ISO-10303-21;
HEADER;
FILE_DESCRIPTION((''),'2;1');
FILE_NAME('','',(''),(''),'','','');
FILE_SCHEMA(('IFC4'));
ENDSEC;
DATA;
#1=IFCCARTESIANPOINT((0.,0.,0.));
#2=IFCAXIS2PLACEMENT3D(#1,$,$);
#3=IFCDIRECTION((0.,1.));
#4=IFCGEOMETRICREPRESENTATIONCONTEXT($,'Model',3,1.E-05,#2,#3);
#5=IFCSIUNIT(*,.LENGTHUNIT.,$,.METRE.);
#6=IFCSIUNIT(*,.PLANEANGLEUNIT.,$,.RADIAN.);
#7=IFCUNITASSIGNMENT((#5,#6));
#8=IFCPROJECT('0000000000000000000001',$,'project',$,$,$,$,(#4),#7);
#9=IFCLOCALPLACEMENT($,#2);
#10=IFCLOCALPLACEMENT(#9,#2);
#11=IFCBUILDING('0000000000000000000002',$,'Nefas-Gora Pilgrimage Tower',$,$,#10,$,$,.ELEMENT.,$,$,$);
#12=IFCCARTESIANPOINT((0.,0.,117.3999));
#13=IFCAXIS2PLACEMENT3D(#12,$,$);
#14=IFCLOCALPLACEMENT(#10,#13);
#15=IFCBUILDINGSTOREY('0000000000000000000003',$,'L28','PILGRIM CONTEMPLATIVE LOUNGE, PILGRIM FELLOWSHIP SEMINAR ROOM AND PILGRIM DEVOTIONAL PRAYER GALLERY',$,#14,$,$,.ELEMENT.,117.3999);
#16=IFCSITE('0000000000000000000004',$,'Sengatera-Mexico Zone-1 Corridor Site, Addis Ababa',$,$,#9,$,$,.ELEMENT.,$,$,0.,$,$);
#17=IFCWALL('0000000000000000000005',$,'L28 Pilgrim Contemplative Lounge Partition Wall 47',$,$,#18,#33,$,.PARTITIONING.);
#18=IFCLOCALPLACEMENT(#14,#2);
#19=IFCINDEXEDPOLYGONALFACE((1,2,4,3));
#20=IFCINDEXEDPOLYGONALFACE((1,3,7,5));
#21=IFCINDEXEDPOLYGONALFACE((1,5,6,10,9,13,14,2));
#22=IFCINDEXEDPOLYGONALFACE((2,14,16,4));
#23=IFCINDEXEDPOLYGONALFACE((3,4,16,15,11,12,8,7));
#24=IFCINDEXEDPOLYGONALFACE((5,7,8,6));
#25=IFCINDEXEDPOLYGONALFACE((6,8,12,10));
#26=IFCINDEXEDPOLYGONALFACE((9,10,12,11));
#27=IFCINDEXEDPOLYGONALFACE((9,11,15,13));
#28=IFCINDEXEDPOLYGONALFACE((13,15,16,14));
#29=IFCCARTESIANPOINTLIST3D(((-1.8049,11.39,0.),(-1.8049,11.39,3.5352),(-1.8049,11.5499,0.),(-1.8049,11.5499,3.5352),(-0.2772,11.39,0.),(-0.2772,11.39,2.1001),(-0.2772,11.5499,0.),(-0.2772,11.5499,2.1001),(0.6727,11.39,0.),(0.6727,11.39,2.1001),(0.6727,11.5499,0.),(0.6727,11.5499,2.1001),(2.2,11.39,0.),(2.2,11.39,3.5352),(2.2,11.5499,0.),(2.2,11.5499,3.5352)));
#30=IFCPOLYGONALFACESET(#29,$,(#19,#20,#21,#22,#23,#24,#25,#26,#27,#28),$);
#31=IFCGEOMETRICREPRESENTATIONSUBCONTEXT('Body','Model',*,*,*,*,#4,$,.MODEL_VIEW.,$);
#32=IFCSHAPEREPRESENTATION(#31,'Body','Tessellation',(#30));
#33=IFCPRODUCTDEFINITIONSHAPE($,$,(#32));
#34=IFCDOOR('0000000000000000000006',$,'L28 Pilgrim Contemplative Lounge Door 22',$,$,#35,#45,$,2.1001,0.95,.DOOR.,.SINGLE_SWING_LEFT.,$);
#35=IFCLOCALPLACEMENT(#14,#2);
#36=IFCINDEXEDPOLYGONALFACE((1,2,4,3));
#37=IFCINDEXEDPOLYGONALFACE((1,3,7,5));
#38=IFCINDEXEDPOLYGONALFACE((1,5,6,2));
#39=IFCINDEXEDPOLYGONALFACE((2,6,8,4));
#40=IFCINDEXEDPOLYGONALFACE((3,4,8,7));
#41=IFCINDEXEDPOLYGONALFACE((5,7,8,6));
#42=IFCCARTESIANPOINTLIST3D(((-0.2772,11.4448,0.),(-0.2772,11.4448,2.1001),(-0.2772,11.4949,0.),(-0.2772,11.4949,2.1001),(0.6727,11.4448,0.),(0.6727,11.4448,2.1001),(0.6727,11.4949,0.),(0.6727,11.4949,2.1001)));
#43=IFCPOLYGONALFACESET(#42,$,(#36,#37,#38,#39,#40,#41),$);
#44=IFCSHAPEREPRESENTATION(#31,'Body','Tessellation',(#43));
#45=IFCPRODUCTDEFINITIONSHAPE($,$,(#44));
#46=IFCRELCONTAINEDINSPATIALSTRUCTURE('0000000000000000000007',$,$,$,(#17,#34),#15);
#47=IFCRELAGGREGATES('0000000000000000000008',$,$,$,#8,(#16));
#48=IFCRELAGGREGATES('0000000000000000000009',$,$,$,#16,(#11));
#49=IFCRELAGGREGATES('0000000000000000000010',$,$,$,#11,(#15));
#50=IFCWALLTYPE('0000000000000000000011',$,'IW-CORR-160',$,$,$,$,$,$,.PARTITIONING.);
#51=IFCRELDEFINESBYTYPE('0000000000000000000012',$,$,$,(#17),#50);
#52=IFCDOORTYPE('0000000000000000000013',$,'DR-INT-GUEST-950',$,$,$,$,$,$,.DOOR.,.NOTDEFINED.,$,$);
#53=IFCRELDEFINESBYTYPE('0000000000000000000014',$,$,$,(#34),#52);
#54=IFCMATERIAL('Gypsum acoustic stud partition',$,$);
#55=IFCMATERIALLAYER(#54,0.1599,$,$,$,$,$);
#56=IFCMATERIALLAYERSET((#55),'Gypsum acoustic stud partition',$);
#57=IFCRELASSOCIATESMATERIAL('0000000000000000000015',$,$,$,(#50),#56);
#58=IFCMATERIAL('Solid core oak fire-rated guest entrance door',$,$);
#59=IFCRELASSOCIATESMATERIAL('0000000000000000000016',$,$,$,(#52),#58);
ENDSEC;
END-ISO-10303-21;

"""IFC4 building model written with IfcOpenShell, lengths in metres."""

from ifc_helpers import new_model, si_unit, direction, frame, frame_2d, origin, place, context, subcontext, project, spatial, rectangle, extrude, source, transform, mapped, material, layer, layer_set, type_object, element, fill, save


model = new_model("IFC4")

# Units and contexts
model_context = context("Model", 3, precision=1e-05, world=origin(), true_north=direction((0.0, 1.0)))
body_context = subcontext(model_context, "Body", "Model", "MODEL_VIEW")
ifc_project = project(units=[si_unit("LENGTHUNIT", "METRE"), si_unit("PLANEANGLEUNIT", "RADIAN")], contexts=[model_context])

# Site, building, storey
site_placement = place(None, origin())
site = spatial("IfcSite", under=ifc_project, at=site_placement, Name="Sengatera-Mexico Zone-1 Corridor Site, Addis Ababa", CompositionType="ELEMENT", RefElevation=0.0)
building_placement = place(site_placement, origin())
building = spatial("IfcBuilding", under=site, at=building_placement, Name="Nefas-Gora Pilgrimage Tower", CompositionType="ELEMENT")
storey_placement = place(building_placement, frame((0.0, 0.0, 117.3999)))
storey = spatial("IfcBuildingStorey", under=building, at=storey_placement, Name="L28", Description="PILGRIM CONTEMPLATIVE LOUNGE, PILGRIM FELLOWSHIP SEMINAR ROOM AND PILGRIM DEVOTIONAL PRAYER GALLERY", CompositionType="ELEMENT", Elevation=117.3999)

# Shared definitions
ifc_material_1 = material(Name="Gypsum acoustic stud partition")
ifc_layer_1 = layer(ifc_material_1, 0.1599)
ifc_layer_set_1 = layer_set([ifc_layer_1], Name="Gypsum acoustic stud partition")
wall_type_1 = type_object("IfcWallType", Name="IW-CORR-160", PredefinedType="PARTITIONING", material=ifc_layer_set_1)
ifc_material_2 = material(Name="Solid core oak fire-rated guest entrance door")
door_type_1 = type_object("IfcDoorType", Name="DR-INT-GUEST-950", OperationType="NOTDEFINED", PredefinedType="DOOR", material=ifc_material_2)
shared_shape_1 = source(origin(), body_context, "Body", "SweptSolid", [
    extrude(rectangle(XDim=0.95, YDim=2.1001, at=frame_2d((0.4751, 1.05))), frame((0.0, 0.0249, 0.0), z_axis=(0.0, -1.0, 0.0), x_axis=(1.0, 0.0, 0.0)), (0.0, 0.0, 1.0), 0.05),
])

# Wall, opening, door
shared_shape_2 = source(origin(), body_context, "Body", "SweptSolid", [
    extrude(rectangle(XDim=4.0049, YDim=0.1599, at=frame_2d((2.0024, 0.0))), origin(), (0.0, 0.0, 1.0), 3.5352),
])
wall_1_placement = place(storey_placement, frame((-1.8049, 11.47, 0.0), z_axis=(0.0, 0.0, 1.0), x_axis=(1.0, 0.0, 0.0)))
wall_1 = element("IfcWall", 1, at=wall_1_placement, inside=storey, type_object=wall_type_1, Name="L28 Pilgrim Contemplative Lounge Partition Wall 47", PredefinedType="PARTITIONING", context=body_context, shape_type="MappedRepresentation", body=[
    mapped(shared_shape_2, transform((0.0, 0.0, 0.0), x_axis=(1.0, 0.0, 0.0), y_axis=(0.0, 1.0, 0.0), z_axis=(0.0, 0.0, 1.0), scale=1.0)),
])
opening_1_placement = place(wall_1_placement, frame((1.5276, 0.0, 0.0)))
opening_1 = element("IfcOpeningElement", 2, at=opening_1_placement, cuts=wall_1, PredefinedType="OPENING", context=body_context, shape_type="SweptSolid", body=[
    extrude(rectangle(XDim=0.95, YDim=2.1001, at=frame_2d((0.4751, 1.05))), frame((0.0, 0.0898, 0.0), z_axis=(0.0, -1.0, 0.0), x_axis=(1.0, 0.0, 0.0)), (0.0, 0.0, 1.0), 0.1799),
])
door_1_placement = place(opening_1_placement, origin())
door_1 = element("IfcDoor", 3, at=door_1_placement, inside=storey, type_object=door_type_1, Name="L28 Pilgrim Contemplative Lounge Door 22", OperationType="SINGLE_SWING_LEFT", OverallHeight=2.1001, OverallWidth=0.95, PredefinedType="DOOR", context=body_context, shape_type="MappedRepresentation", body=[
    mapped(shared_shape_1, transform((0.0, 0.0, 0.0), x_axis=(1.0, 0.0, 0.0), y_axis=(0.0, 1.0, 0.0), z_axis=(0.0, 0.0, 1.0), scale=1.0)),
])
fill(opening_1, door_1)

save(model, "model.ifc")
